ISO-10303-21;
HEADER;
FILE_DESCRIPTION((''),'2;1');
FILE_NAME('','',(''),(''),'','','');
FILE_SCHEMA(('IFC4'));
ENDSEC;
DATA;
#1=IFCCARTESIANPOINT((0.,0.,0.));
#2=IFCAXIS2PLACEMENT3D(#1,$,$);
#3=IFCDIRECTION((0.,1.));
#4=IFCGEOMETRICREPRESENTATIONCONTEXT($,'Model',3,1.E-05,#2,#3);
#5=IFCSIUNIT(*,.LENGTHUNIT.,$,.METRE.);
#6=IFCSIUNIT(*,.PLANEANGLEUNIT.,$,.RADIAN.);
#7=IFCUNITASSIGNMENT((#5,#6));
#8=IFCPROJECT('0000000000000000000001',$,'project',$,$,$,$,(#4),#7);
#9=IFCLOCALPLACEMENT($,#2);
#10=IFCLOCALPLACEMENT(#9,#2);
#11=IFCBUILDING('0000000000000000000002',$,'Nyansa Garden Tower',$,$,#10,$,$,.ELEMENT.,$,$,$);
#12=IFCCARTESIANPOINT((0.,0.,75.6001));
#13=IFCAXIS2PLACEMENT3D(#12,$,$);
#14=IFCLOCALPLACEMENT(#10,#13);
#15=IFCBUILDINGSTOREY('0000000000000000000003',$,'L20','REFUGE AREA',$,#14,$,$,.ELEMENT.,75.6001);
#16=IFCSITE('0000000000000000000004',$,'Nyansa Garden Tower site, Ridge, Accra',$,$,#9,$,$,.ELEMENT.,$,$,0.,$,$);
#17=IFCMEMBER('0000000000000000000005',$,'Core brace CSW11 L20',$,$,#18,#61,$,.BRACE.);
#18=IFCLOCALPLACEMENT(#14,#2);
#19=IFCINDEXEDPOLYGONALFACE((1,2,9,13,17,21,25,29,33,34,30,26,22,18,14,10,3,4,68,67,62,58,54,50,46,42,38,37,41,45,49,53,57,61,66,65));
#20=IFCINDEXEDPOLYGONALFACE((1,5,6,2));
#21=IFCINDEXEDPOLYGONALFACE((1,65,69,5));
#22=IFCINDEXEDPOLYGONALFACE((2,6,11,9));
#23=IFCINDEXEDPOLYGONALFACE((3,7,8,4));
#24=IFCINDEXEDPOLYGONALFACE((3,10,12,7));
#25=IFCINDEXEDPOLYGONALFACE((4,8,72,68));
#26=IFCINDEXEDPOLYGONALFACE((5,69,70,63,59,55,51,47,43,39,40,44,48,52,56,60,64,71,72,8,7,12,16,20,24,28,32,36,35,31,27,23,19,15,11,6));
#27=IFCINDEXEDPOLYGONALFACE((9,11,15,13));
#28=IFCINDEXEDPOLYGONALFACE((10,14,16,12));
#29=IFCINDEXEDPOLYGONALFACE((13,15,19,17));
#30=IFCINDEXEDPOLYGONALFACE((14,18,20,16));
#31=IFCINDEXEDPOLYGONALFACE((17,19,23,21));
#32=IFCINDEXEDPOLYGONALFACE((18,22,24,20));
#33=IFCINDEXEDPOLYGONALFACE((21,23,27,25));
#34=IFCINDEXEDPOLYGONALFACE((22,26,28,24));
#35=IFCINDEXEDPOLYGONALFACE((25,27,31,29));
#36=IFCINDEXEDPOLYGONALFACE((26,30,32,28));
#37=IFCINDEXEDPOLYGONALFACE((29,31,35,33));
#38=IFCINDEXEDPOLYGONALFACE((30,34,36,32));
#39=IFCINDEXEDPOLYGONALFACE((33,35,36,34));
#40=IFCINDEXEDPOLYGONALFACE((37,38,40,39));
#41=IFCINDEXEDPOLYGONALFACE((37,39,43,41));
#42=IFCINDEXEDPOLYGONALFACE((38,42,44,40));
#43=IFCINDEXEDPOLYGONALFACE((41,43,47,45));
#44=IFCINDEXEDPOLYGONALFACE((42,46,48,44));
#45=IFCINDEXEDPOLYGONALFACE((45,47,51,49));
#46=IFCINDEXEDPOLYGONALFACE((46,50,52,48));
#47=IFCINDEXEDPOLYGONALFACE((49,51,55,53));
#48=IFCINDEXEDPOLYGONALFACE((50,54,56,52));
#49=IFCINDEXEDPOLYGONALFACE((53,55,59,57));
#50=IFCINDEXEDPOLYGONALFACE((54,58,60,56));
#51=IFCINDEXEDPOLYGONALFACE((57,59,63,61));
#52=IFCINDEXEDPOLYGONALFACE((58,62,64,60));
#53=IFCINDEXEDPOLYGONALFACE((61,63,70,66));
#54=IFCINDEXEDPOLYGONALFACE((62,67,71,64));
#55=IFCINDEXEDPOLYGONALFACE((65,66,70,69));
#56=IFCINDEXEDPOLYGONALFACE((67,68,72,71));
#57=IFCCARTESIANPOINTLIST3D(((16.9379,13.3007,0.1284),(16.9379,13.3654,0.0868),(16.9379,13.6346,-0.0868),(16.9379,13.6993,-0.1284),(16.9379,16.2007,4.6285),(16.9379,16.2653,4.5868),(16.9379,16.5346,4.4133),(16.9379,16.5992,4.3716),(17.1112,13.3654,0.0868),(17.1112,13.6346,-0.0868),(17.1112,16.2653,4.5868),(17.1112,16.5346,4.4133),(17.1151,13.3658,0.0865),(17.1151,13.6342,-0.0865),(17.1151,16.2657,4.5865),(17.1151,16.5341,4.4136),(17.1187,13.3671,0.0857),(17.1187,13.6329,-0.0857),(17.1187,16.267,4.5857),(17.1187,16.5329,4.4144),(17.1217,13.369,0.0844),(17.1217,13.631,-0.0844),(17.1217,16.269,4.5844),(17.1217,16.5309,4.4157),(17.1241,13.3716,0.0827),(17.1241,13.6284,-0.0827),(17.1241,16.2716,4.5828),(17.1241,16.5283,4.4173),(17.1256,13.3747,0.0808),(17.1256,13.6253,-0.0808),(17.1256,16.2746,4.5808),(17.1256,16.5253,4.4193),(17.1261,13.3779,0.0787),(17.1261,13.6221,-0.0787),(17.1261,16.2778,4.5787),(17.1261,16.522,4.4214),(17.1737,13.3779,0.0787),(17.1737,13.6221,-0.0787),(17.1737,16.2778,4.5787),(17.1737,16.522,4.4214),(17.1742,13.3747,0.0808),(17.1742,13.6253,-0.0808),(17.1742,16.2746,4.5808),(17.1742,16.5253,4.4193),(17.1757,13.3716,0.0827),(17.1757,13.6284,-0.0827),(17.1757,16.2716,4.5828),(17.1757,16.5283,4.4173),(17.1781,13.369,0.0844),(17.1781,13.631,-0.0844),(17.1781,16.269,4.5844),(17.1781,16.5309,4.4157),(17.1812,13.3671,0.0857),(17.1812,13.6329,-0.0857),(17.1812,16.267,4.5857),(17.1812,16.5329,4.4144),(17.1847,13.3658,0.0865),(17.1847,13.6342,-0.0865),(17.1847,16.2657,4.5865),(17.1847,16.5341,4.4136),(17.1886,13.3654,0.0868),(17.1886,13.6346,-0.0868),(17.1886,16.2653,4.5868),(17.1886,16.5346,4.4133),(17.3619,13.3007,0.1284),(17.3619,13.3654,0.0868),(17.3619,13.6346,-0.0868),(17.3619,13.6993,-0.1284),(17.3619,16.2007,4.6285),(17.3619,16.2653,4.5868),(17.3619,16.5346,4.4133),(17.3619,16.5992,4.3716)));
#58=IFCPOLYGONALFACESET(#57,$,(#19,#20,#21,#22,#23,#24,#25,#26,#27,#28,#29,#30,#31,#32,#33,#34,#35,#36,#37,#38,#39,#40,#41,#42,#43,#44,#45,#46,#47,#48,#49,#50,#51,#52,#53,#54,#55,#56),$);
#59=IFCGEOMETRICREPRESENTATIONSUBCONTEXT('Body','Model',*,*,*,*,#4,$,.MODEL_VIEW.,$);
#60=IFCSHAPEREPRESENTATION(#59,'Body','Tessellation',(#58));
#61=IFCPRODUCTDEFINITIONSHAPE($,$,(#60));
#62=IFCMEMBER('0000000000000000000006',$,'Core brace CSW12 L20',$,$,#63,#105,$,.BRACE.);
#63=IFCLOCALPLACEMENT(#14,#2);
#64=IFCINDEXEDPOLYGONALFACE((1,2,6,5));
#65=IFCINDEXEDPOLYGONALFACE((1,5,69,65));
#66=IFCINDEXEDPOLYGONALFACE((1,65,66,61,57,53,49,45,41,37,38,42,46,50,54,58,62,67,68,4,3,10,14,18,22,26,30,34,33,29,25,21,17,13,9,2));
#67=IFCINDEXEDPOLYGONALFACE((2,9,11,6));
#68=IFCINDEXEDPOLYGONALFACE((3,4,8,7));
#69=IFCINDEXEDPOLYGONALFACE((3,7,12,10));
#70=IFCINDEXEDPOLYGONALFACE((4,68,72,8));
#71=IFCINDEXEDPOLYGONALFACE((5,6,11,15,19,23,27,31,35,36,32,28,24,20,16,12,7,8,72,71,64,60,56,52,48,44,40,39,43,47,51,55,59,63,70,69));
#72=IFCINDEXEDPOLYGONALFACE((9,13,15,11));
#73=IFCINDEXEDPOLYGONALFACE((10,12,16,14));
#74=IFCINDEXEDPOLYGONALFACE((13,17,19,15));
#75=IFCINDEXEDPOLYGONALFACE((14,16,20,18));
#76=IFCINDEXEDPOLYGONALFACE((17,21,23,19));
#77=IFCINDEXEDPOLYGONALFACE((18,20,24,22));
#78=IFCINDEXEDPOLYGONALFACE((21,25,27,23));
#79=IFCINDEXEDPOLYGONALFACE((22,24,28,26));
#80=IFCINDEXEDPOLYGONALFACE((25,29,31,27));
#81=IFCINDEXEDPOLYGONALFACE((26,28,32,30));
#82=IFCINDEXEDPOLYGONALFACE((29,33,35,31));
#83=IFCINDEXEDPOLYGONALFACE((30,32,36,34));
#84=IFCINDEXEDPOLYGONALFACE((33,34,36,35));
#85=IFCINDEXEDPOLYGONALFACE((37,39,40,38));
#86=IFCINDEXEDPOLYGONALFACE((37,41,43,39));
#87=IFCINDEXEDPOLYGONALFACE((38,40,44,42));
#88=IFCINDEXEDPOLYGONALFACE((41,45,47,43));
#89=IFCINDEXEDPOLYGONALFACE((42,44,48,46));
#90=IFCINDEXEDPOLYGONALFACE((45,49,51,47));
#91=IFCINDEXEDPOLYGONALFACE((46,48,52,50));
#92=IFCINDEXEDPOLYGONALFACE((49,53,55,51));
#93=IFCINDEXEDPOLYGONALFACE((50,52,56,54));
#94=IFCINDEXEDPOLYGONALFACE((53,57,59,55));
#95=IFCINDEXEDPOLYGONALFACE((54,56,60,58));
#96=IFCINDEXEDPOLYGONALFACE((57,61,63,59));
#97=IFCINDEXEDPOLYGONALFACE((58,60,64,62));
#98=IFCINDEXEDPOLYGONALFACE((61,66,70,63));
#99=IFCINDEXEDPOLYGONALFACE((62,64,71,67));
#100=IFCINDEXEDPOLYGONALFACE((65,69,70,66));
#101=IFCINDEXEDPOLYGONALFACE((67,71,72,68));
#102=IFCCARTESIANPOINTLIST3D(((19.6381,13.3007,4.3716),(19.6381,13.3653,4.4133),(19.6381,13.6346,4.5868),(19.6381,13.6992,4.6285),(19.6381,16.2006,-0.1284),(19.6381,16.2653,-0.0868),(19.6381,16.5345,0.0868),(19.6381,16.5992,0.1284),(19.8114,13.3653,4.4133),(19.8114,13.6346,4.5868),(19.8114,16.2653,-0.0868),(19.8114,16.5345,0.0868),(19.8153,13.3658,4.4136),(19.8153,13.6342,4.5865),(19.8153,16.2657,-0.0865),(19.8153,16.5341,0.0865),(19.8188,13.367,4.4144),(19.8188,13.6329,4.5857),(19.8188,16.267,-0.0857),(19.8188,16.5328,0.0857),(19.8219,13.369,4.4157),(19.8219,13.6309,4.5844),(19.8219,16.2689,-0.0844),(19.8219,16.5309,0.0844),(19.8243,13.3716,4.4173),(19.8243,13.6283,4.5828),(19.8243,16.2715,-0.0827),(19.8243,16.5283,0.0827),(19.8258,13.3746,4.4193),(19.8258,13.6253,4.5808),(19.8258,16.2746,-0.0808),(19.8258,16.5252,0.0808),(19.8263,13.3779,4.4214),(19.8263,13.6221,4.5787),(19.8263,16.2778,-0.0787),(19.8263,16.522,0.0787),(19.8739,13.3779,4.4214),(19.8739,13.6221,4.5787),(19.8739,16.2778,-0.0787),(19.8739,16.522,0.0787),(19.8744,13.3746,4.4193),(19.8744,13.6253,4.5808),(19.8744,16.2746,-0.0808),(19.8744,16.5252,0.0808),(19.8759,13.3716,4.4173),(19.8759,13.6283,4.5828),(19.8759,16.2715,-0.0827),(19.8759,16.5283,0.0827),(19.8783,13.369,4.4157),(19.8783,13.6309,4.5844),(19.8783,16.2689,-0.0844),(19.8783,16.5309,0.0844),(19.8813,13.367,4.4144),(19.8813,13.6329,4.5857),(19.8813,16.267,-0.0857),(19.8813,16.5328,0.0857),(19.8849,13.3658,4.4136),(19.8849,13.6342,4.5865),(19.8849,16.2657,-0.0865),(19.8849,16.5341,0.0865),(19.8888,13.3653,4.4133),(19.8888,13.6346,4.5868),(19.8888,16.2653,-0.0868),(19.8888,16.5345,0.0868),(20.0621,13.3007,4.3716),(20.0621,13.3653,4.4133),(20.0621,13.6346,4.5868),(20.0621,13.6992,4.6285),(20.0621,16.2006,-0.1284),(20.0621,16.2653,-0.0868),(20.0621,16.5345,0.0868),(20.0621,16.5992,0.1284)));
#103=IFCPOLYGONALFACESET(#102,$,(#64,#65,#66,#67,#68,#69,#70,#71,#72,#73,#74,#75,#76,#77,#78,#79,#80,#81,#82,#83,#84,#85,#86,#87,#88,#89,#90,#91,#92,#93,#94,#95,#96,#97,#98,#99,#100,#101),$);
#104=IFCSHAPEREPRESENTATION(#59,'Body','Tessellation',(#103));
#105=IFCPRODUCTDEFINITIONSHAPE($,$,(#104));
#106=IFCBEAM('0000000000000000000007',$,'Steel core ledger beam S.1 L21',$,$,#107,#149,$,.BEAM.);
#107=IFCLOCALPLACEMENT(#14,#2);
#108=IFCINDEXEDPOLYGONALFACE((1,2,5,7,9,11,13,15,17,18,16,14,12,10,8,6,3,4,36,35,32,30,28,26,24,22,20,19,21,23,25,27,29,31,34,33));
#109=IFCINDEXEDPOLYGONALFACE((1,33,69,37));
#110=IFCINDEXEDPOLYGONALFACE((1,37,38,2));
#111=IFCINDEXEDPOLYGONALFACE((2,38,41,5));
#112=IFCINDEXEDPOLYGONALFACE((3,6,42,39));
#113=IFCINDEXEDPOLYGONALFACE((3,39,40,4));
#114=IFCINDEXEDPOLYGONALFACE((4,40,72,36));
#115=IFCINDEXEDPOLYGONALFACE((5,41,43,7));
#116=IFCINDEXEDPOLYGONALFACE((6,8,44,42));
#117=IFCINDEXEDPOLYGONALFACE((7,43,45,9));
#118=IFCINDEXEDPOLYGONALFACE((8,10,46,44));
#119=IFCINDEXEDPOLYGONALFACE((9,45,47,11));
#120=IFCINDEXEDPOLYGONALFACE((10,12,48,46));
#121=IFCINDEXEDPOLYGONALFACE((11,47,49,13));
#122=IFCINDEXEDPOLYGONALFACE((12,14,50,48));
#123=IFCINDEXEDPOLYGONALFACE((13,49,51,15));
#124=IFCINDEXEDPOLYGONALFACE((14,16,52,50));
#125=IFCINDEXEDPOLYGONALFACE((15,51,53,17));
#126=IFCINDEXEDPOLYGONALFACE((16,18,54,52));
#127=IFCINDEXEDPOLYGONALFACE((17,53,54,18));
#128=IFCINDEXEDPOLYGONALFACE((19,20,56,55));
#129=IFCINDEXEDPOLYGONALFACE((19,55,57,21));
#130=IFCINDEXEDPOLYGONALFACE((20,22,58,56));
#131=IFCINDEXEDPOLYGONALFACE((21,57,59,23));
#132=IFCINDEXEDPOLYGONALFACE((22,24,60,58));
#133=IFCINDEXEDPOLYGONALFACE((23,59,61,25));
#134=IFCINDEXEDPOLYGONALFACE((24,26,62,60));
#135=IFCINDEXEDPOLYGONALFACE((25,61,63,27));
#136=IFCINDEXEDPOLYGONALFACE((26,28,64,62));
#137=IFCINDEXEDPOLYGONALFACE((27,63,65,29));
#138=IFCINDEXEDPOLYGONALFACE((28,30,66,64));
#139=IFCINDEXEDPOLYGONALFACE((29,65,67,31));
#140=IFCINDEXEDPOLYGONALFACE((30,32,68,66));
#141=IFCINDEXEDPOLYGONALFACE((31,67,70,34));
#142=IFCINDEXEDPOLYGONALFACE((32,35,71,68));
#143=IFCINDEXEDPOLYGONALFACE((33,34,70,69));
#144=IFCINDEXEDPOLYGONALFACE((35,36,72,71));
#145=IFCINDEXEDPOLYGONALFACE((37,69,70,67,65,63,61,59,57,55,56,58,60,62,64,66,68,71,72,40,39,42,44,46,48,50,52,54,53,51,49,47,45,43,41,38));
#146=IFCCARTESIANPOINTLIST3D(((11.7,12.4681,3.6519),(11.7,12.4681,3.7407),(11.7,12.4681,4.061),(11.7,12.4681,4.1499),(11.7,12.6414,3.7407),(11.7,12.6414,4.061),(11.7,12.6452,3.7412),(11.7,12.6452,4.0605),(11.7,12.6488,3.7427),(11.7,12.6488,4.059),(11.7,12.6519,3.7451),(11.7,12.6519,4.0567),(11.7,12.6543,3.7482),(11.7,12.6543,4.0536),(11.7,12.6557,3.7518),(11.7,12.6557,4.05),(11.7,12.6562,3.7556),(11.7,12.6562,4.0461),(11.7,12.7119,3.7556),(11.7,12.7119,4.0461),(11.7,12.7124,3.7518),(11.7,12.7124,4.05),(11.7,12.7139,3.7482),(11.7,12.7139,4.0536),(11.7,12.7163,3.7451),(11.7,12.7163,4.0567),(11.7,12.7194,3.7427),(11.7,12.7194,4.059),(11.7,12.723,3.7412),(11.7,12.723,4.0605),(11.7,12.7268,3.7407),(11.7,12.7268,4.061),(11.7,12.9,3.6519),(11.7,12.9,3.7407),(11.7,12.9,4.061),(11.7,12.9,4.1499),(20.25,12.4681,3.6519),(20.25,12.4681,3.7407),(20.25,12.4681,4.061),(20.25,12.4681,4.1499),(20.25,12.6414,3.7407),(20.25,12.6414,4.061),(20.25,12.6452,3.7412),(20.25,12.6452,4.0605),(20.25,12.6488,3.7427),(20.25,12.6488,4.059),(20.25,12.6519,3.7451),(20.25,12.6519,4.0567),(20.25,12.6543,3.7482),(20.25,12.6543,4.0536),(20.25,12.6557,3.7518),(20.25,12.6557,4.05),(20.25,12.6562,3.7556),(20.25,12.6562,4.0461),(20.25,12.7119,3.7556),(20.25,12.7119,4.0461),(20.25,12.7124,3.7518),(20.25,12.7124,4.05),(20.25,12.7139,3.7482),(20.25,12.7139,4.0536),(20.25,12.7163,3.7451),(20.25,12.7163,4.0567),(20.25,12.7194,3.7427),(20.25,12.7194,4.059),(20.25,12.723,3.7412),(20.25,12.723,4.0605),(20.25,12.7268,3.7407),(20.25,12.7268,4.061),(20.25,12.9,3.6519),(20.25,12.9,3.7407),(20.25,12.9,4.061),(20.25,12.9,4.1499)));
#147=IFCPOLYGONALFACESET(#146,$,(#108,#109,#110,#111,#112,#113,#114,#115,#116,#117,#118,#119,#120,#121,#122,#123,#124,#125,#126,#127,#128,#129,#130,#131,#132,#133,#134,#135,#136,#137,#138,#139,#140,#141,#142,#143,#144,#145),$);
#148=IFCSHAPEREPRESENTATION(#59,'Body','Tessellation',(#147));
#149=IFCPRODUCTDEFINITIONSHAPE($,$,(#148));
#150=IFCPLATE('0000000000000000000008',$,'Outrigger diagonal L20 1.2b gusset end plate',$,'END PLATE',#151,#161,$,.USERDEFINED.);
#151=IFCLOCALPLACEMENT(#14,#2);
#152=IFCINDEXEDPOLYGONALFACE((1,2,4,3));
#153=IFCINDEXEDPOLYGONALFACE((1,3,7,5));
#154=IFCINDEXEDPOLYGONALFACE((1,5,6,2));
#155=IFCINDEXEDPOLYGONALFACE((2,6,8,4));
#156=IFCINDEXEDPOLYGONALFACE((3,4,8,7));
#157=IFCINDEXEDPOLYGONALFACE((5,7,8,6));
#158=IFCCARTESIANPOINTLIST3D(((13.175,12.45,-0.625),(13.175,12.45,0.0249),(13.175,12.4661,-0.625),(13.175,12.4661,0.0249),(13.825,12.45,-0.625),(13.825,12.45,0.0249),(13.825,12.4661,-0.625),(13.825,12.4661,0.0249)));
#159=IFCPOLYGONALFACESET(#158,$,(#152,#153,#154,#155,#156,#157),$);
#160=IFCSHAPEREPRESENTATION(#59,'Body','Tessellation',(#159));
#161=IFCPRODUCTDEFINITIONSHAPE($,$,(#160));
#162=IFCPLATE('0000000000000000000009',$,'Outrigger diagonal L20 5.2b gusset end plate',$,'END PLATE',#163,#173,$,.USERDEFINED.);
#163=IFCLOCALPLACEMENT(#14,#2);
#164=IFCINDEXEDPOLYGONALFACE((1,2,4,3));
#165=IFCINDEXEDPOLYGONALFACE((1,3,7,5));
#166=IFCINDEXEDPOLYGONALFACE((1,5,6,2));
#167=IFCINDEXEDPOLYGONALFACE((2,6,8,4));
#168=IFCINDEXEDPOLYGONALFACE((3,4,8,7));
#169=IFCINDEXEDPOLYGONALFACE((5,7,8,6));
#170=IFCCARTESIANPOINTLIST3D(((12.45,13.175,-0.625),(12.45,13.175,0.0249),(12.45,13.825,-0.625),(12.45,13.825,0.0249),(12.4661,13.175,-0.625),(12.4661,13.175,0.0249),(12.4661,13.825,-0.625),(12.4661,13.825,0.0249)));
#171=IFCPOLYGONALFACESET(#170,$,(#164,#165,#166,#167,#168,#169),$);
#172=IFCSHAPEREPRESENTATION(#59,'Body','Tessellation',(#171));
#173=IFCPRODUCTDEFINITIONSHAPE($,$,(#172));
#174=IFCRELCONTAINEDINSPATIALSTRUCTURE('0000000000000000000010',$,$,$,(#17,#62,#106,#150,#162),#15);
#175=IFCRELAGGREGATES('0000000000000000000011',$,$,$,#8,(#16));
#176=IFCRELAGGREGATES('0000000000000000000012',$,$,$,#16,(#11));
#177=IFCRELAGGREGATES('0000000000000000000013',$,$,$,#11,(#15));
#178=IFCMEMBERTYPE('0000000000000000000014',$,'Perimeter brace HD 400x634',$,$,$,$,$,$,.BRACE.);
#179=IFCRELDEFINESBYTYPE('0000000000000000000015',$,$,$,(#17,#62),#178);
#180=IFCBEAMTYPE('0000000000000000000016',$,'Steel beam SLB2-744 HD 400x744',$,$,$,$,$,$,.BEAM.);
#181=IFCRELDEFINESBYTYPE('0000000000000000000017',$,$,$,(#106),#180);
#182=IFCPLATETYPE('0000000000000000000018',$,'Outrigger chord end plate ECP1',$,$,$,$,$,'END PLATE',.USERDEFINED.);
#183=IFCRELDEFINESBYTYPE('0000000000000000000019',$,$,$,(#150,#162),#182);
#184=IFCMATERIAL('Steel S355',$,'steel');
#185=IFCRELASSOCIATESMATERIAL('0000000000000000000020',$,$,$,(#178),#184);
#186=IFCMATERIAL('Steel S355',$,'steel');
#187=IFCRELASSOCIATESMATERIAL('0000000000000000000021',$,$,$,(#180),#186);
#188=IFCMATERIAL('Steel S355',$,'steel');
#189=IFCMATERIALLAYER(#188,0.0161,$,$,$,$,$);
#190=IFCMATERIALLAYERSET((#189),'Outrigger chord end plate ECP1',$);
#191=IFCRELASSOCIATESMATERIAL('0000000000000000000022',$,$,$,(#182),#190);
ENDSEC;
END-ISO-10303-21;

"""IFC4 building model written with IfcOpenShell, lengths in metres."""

from ifc_helpers import new_model, si_unit, direction, frame, origin, origin_2d, place, context, subcontext, project, spatial, rectangle, i_section, extrude, material, layer, layer_set, material_profile, profile_set, type_object, element, save


model = new_model("IFC4")

# Units and contexts
model_context = context("Model", 3, precision=1e-05, world=origin(), true_north=direction((0.0, 1.0)))
body_context = subcontext(model_context, "Body", "Model", "MODEL_VIEW")
ifc_project = project(units=[si_unit("LENGTHUNIT", "METRE"), si_unit("PLANEANGLEUNIT", "RADIAN")], contexts=[model_context])

# Site, building, storey
site_placement = place(None, origin())
site = spatial("IfcSite", under=ifc_project, at=site_placement, Name="Nyansa Garden Tower site, Ridge, Accra", CompositionType="ELEMENT", RefElevation=0.0)
building_placement = place(site_placement, origin())
building = spatial("IfcBuilding", under=site, at=building_placement, Name="Nyansa Garden Tower", CompositionType="ELEMENT")
storey_placement = place(building_placement, frame((0.0, 0.0, 75.6001)))
storey = spatial("IfcBuildingStorey", under=building, at=storey_placement, Name="L20", Description="REFUGE AREA", CompositionType="ELEMENT", Elevation=75.6001)

# Members
ifc_material_1 = material(Name="Steel S355", Category="steel")
ifc_material_profile_1 = material_profile(ifc_material_1, i_section(OverallWidth=0.4241, OverallDepth=0.4741, WebThickness=0.0476, FlangeThickness=0.0769, FilletRadius=0.0149, at=origin_2d()), Name="HD 400x634")
ifc_profile_set_1 = profile_set([ifc_material_profile_1], Name="Steel S355")
member_type_1 = type_object("IfcMemberType", Name="Perimeter brace HD 400x634", PredefinedType="BRACE", material=ifc_profile_set_1)
for number, where, z_axis, x_axis, name in (
    (1, (17.1499, 13.5, 0.0), (0.0, 0.541688, 0.840579), (-1.0, 0.0, 0.0), "Core brace CSW11 L20"),
    (2, (19.8501, 16.3999, 0.0), (0.0, -0.541688, 0.840579), (1.0, 0.0, 0.0), "Core brace CSW12 L20"),
):
    element("IfcMember", number, at=place(storey_placement, frame(where, z_axis=z_axis, x_axis=x_axis)), inside=storey, type_object=member_type_1, Name=name, PredefinedType="BRACE", context=body_context, shape_type="SweptSolid", body=[
        extrude(i_section(OverallWidth=0.4241, OverallDepth=0.4741, WebThickness=0.0476, FlangeThickness=0.0769, FilletRadius=0.0149, at=origin_2d()), origin(), (0.0, 0.0, 1.0), 5.3535),
    ])

# Beam
ifc_material_2 = material(Name="Steel S355", Category="steel")
ifc_material_profile_2 = material_profile(ifc_material_2, i_section(OverallWidth=0.4319, OverallDepth=0.498, WebThickness=0.0557, FlangeThickness=0.0889, FilletRadius=0.0149, at=origin_2d()), Name="HD 400x744")
ifc_profile_set_2 = profile_set([ifc_material_profile_2], Name="Steel S355")
beam_type_1 = type_object("IfcBeamType", Name="Steel beam SLB2-744 HD 400x744", PredefinedType="BEAM", material=ifc_profile_set_2)
beam_1_placement = place(storey_placement, frame((11.7, 12.6841, 3.9009), z_axis=(1.0, 0.0, 0.0), x_axis=(0.0, 1.0, 0.0)))
element("IfcBeam", 3, at=beam_1_placement, inside=storey, type_object=beam_type_1, Name="Steel core ledger beam S.1 L21", PredefinedType="BEAM", context=body_context, shape_type="SweptSolid", body=[
    extrude(i_section(OverallWidth=0.4319, OverallDepth=0.498, WebThickness=0.0557, FlangeThickness=0.0889, FilletRadius=0.0149, at=origin_2d()), origin(), (0.0, 0.0, 1.0), 8.55),
])

# Plates
ifc_material_3 = material(Name="Steel S355", Category="steel")
ifc_layer_1 = layer(ifc_material_3, 0.0161)
ifc_layer_set_1 = layer_set([ifc_layer_1], Name="Outrigger chord end plate ECP1")
plate_type = type_object("IfcPlateType", Name="Outrigger chord end plate ECP1", ElementType="END PLATE", PredefinedType="USERDEFINED", material=ifc_layer_set_1)
plate_1_placement = place(storey_placement, frame((13.5, 12.458, -0.625), z_axis=(0.0, 0.0, 1.0), x_axis=(1.0, 0.0, 0.0)))
element("IfcPlate", 4, at=plate_1_placement, inside=storey, type_object=plate_type, Name="Outrigger diagonal L20 1.2b gusset end plate", ObjectType="END PLATE", PredefinedType="USERDEFINED", context=body_context, shape_type="SweptSolid", body=[
    extrude(rectangle(XDim=0.6499, YDim=0.0161, at=origin_2d()), origin(), (0.0, 0.0, 1.0), 0.6499),
])
plate_2_placement = place(storey_placement, frame((12.458, 13.5, -0.625), z_axis=(0.0, 0.0, 1.0), x_axis=(1.0, 0.0, 0.0)))
element("IfcPlate", 5, at=plate_2_placement, inside=storey, type_object=plate_type, Name="Outrigger diagonal L20 5.2b gusset end plate", ObjectType="END PLATE", PredefinedType="USERDEFINED", context=body_context, shape_type="SweptSolid", body=[
    extrude(rectangle(XDim=0.0161, YDim=0.6499, at=origin_2d()), origin(), (0.0, 0.0, 1.0), 0.6499),
])

save(model, "model.ifc")
